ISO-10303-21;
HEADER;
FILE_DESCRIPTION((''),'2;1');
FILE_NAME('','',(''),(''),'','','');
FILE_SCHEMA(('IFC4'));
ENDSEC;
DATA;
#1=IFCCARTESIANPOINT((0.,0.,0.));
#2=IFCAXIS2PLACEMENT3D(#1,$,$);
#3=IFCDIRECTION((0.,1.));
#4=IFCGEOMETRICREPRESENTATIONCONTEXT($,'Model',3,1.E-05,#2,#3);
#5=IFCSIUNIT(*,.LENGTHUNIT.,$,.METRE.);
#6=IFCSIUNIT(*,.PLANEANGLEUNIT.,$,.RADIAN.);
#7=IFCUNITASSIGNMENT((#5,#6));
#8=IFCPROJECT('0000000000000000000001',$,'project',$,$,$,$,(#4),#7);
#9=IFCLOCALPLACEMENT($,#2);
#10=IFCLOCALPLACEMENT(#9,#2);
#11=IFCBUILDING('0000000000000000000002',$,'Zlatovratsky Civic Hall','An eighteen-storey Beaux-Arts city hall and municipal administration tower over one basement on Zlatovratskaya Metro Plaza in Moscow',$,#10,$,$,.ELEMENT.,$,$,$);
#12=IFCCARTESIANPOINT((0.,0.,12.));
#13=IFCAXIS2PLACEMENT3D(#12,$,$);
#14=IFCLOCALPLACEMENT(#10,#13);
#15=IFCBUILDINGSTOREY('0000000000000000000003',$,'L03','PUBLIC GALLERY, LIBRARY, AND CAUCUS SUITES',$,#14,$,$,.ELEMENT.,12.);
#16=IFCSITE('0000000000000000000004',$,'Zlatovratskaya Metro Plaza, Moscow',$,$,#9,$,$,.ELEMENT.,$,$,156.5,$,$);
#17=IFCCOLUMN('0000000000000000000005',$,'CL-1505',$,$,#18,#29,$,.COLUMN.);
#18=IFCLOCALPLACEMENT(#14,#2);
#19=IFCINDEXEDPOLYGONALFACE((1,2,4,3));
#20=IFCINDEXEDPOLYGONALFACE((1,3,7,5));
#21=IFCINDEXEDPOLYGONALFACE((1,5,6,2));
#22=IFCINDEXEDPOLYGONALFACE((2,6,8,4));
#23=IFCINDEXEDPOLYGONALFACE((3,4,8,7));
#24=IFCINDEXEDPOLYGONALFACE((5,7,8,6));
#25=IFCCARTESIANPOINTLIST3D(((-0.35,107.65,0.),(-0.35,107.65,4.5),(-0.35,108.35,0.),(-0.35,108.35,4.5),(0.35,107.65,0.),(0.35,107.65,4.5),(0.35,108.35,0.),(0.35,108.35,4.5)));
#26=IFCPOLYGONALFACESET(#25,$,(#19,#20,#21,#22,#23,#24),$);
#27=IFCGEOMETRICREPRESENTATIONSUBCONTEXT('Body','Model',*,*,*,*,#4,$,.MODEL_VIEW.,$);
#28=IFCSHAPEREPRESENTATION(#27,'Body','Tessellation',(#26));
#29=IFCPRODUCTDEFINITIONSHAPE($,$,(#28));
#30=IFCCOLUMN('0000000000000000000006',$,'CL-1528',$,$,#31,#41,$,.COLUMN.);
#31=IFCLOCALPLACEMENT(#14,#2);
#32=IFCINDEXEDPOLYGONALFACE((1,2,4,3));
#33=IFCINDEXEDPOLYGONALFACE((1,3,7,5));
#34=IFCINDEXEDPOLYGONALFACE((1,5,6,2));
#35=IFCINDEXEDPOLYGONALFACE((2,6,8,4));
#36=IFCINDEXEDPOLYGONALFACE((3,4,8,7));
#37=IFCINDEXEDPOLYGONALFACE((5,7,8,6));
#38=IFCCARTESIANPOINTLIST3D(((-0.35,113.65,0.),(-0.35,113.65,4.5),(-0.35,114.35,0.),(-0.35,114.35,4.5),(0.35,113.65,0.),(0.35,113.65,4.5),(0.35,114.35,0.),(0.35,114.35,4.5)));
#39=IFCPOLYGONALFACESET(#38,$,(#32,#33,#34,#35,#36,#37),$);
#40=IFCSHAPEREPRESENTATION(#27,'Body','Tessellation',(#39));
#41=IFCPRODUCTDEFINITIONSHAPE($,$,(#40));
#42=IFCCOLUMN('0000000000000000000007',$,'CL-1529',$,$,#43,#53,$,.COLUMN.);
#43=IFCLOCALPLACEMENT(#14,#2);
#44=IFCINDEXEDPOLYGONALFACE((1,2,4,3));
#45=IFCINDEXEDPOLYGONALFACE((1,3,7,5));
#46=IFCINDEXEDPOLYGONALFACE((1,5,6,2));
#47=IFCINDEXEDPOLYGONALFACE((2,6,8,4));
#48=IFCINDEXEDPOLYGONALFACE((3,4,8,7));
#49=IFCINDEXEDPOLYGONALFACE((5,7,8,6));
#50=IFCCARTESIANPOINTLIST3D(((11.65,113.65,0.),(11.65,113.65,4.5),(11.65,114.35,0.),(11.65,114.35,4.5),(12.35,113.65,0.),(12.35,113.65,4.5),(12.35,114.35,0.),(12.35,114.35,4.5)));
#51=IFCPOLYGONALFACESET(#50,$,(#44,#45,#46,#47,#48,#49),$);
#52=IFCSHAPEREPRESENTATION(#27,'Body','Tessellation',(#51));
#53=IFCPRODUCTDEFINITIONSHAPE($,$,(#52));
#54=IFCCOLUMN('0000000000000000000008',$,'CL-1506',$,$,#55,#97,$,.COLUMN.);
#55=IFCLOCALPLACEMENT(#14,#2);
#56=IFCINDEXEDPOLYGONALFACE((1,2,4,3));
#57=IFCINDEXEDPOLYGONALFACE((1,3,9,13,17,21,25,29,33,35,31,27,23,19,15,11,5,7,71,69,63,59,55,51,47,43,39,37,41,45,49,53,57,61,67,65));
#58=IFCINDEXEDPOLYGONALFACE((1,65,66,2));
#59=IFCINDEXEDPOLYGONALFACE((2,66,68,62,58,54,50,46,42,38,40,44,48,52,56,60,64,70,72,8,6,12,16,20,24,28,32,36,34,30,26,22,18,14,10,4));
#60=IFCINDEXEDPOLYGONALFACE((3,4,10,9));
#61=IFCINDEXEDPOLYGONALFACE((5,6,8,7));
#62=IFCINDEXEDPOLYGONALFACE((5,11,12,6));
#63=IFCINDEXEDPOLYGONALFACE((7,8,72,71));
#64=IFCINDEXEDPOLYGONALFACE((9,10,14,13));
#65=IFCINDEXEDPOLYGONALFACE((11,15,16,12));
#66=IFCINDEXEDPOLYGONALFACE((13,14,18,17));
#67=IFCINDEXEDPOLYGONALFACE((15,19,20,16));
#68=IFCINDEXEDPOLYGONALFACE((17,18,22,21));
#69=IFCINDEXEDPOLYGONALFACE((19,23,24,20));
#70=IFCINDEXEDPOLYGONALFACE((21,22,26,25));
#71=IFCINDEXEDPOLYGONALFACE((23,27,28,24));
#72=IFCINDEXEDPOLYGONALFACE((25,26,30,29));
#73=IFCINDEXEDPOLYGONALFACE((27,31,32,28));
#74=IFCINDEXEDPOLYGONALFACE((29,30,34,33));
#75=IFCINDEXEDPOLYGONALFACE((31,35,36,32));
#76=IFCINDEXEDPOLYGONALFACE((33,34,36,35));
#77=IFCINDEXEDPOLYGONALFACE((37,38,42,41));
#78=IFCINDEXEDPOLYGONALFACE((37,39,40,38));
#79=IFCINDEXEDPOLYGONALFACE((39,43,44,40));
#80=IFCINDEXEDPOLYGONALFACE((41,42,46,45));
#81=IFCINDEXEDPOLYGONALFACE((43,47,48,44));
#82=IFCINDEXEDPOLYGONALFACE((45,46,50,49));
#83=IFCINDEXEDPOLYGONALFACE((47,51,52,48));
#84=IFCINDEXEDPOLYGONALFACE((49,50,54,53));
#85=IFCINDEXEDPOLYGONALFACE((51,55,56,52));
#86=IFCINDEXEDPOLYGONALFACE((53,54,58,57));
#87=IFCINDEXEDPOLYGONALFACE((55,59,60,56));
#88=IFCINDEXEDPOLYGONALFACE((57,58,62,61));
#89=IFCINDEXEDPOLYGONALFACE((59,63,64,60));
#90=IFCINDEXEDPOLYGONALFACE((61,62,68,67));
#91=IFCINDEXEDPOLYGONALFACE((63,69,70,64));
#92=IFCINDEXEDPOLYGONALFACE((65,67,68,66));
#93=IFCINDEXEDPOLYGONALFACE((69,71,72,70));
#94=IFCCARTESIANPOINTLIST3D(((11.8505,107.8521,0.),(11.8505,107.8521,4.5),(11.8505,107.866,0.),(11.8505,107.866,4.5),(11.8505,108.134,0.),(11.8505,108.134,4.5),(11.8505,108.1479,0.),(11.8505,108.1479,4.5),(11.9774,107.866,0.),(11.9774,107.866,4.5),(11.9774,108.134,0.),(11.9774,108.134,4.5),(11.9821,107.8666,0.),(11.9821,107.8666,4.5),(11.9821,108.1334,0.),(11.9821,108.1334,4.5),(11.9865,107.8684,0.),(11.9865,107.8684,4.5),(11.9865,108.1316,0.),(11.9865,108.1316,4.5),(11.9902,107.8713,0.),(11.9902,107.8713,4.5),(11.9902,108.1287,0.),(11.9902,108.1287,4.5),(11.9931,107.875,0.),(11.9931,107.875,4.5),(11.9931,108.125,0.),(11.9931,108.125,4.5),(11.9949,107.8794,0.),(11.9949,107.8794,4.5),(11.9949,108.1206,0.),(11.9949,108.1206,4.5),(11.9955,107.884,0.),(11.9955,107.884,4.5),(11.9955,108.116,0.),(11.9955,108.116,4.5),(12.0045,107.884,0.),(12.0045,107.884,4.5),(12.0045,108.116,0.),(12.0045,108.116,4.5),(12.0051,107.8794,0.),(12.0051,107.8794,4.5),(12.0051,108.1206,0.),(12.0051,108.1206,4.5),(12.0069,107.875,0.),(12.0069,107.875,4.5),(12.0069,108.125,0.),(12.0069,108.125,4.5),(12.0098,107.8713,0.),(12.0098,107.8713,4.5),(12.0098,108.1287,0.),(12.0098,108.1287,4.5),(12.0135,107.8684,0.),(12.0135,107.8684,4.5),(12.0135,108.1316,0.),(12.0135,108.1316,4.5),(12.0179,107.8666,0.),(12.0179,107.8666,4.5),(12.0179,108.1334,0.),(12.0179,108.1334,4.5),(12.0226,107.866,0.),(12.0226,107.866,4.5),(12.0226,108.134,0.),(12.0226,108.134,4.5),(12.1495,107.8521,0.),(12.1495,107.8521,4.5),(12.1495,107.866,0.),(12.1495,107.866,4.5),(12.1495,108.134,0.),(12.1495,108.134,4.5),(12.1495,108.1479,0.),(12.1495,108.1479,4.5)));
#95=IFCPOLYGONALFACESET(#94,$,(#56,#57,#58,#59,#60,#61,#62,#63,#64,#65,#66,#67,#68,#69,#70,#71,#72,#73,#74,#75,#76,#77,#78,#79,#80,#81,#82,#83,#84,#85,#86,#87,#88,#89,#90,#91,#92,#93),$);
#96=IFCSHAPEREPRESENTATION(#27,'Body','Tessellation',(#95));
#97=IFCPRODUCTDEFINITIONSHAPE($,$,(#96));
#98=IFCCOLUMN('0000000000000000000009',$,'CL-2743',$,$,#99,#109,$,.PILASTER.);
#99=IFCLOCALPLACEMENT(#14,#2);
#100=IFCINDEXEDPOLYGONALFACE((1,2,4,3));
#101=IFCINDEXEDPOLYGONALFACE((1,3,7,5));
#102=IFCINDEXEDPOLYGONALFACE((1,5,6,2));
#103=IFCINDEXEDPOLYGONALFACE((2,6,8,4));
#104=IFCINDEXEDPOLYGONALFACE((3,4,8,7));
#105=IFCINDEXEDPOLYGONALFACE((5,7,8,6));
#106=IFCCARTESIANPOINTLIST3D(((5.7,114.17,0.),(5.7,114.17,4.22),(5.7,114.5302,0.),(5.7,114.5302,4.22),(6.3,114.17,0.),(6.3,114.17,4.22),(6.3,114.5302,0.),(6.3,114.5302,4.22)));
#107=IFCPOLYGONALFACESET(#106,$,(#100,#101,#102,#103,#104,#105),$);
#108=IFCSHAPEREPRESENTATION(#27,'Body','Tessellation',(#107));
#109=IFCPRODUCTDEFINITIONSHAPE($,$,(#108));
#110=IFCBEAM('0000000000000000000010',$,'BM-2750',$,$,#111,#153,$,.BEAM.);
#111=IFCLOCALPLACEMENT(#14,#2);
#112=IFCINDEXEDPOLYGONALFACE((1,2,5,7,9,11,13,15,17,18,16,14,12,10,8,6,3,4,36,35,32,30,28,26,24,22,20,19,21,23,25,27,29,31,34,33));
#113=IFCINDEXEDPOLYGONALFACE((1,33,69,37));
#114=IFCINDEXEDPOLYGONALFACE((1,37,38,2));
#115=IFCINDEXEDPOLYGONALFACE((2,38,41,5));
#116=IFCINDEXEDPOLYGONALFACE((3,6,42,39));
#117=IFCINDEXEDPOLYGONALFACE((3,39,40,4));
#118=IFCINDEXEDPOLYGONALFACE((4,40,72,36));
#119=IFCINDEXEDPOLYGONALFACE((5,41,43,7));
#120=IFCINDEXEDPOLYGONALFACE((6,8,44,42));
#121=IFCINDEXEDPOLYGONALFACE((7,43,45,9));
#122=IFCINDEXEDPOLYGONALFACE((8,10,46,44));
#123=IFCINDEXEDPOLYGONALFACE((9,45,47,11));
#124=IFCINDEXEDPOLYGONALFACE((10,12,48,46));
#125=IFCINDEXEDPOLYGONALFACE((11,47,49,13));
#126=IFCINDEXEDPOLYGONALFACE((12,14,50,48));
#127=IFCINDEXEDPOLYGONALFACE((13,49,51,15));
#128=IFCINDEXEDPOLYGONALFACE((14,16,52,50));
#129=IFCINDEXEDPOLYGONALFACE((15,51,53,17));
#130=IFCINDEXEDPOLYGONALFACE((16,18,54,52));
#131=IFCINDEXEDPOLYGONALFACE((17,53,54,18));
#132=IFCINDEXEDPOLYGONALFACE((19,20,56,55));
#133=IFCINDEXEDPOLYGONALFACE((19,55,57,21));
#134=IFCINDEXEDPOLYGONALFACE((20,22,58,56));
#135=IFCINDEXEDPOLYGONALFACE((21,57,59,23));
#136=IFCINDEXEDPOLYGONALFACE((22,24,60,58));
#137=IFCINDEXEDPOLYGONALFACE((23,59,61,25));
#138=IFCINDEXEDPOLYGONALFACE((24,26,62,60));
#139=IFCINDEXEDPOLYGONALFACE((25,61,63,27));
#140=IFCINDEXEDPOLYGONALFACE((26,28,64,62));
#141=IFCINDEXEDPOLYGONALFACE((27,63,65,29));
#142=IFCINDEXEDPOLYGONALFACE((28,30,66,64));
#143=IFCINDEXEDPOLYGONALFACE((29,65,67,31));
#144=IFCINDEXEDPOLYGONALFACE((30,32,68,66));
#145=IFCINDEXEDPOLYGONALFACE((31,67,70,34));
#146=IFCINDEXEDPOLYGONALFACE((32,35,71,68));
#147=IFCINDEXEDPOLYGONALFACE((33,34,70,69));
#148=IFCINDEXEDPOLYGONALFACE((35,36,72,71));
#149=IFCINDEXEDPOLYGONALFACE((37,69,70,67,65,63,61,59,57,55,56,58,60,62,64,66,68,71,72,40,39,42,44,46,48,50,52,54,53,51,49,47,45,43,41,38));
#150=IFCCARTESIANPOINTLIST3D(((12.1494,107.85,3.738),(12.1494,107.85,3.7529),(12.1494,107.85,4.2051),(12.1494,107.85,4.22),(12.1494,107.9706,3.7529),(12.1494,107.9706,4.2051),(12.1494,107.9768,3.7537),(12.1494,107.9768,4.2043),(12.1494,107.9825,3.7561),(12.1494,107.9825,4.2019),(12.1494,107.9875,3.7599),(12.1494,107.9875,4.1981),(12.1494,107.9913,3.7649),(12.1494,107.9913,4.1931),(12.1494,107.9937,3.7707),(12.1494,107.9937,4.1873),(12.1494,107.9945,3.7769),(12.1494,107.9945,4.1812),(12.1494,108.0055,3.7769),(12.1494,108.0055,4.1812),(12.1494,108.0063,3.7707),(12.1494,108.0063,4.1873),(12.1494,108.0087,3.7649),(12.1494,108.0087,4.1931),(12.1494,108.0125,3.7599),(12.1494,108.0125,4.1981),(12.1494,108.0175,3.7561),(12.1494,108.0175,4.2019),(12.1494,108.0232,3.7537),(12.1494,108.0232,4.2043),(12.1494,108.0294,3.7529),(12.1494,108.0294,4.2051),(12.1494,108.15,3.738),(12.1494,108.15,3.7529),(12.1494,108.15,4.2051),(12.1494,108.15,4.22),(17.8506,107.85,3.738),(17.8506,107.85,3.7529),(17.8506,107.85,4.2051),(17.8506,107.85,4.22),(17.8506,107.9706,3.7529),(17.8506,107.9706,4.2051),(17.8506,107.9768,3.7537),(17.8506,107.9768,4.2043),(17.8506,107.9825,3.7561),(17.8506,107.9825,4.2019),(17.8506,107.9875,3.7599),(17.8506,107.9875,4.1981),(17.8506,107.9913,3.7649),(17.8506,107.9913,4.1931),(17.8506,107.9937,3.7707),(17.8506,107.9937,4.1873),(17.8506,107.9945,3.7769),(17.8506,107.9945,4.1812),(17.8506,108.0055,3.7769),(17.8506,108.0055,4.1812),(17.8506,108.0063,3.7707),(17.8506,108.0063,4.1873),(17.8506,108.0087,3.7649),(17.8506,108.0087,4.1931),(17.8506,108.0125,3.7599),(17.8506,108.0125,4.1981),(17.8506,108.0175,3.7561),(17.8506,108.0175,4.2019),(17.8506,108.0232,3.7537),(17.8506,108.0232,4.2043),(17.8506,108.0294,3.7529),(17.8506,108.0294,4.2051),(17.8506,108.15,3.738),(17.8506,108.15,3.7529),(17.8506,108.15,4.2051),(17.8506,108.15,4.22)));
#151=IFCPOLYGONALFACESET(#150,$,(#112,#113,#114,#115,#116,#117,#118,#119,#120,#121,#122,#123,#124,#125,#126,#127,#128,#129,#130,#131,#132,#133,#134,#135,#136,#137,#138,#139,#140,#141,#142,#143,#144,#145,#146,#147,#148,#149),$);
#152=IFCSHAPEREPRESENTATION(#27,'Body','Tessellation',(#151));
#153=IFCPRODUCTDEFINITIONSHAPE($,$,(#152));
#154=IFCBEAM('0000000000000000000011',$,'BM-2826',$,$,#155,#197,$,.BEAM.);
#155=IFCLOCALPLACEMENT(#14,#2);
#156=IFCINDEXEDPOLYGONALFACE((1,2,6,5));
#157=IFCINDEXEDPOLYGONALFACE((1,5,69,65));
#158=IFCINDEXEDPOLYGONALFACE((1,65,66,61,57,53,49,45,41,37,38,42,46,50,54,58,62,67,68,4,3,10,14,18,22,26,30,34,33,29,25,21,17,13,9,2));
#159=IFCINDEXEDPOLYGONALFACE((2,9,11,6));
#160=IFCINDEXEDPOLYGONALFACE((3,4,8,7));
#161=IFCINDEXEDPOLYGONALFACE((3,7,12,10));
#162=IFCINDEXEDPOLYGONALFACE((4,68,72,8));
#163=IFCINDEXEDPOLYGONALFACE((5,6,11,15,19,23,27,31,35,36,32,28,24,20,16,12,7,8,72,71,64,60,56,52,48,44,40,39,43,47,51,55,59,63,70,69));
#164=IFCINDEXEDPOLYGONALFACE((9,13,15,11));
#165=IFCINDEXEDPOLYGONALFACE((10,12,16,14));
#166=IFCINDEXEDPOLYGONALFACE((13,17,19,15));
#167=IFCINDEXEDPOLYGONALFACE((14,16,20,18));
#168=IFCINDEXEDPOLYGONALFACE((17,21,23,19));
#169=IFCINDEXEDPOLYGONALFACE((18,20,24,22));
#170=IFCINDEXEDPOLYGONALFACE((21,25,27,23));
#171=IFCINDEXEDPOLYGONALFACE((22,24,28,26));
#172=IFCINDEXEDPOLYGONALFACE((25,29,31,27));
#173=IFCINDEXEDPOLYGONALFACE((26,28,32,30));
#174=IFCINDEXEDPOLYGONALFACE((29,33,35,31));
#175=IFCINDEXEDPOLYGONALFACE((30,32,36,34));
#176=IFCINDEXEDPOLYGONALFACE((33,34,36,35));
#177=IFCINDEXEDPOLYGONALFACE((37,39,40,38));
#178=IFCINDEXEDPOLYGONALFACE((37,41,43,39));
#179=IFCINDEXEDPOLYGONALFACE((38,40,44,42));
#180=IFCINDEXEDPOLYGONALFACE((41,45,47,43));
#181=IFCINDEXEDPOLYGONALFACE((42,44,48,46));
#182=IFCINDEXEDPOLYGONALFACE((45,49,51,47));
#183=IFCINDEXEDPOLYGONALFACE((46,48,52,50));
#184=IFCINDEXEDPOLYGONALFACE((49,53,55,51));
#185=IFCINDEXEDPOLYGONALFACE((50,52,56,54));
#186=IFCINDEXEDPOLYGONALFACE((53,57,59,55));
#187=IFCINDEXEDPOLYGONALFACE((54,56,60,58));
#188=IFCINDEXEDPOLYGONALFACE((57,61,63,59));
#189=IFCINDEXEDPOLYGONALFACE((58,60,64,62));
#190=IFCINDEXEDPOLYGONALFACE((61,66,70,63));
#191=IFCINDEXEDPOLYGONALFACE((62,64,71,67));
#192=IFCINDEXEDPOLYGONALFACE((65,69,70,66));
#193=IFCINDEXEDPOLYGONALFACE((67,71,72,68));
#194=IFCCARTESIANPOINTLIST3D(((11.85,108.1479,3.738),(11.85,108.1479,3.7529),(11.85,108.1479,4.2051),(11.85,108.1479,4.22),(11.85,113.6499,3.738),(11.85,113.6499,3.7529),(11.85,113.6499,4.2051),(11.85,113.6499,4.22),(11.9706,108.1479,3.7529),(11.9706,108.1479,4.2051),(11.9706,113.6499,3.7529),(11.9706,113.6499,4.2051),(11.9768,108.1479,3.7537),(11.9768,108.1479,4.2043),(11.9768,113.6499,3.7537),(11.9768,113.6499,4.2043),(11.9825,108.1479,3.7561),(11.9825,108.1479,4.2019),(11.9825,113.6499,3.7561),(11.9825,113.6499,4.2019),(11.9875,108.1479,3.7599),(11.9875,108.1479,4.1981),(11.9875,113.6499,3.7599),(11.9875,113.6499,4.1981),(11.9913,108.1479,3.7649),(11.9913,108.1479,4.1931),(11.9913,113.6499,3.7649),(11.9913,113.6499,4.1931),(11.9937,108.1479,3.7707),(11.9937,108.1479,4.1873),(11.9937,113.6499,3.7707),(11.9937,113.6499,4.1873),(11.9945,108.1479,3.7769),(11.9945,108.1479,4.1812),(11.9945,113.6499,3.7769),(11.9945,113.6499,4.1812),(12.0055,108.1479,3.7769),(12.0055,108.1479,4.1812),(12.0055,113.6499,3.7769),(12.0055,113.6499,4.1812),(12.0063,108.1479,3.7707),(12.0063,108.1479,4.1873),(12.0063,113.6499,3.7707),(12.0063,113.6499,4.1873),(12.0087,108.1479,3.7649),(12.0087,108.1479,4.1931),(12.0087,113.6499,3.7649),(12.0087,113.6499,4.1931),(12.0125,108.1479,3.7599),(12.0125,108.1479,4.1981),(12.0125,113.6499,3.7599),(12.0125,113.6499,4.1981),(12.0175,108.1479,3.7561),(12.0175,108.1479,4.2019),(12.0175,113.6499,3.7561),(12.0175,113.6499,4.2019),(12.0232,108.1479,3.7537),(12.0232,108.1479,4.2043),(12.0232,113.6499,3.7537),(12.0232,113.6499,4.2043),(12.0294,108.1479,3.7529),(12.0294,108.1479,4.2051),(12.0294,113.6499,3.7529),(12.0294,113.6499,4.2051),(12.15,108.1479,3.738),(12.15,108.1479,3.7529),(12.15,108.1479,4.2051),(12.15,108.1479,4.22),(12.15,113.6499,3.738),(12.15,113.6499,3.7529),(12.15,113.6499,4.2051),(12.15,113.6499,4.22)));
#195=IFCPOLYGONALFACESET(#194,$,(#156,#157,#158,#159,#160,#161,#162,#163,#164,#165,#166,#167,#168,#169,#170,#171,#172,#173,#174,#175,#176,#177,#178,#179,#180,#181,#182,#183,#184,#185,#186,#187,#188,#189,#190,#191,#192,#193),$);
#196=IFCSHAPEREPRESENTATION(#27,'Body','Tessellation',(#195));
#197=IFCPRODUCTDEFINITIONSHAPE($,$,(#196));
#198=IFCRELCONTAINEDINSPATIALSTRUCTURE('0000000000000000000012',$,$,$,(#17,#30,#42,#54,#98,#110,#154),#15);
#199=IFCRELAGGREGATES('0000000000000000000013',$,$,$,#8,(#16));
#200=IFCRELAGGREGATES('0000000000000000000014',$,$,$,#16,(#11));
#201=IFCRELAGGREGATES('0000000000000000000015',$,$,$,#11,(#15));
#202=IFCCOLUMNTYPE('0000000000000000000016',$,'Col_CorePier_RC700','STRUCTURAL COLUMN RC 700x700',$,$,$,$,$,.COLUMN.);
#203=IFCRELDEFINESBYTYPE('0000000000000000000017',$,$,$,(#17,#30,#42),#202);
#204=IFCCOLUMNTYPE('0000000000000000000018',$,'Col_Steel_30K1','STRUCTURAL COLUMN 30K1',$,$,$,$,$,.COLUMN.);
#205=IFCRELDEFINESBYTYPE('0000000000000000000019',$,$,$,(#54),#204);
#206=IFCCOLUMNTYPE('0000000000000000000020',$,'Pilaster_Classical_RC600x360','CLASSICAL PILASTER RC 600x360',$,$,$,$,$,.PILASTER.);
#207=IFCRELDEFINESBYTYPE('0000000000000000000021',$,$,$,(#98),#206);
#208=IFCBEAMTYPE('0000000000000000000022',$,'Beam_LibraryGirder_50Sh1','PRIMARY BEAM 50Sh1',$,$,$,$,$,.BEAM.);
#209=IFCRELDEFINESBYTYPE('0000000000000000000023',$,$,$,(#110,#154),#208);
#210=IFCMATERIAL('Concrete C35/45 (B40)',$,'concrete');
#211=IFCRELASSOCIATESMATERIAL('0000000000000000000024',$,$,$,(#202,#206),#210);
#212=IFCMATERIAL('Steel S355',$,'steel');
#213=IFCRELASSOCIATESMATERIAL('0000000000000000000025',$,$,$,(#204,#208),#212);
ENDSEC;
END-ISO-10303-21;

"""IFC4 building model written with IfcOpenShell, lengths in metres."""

from ifc_helpers import new_model, si_unit, direction, frame, origin, origin_2d, place, context, subcontext, project, spatial, rectangle, i_section, extrude, material, material_profile, profile_set, type_object, element, save


model = new_model("IFC4")

# Units and contexts
model_context = context("Model", 3, precision=1e-05, world=origin(), true_north=direction((0.0, 1.0)))
body_context = subcontext(model_context, "Body", "Model", "MODEL_VIEW")
ifc_project = project(units=[si_unit("LENGTHUNIT", "METRE"), si_unit("PLANEANGLEUNIT", "RADIAN")], contexts=[model_context])

# Site, building, storey
site_placement = place(None, origin())
site = spatial("IfcSite", under=ifc_project, at=site_placement, Name="Zlatovratskaya Metro Plaza, Moscow", CompositionType="ELEMENT", RefElevation=156.5)
building_placement = place(site_placement, origin())
building = spatial("IfcBuilding", under=site, at=building_placement, Name="Zlatovratsky Civic Hall", Description="An eighteen-storey Beaux-Arts city hall and municipal administration tower over one basement on Zlatovratskaya Metro Plaza in Moscow", CompositionType="ELEMENT")
storey_placement = place(building_placement, frame((0.0, 0.0, 12.0)))
storey = spatial("IfcBuildingStorey", under=building, at=storey_placement, Name="L03", Description="PUBLIC GALLERY, LIBRARY, AND CAUCUS SUITES", CompositionType="ELEMENT", Elevation=12.0)

# Columns
ifc_material_1 = material(Name="Concrete C35/45 (B40)", Category="concrete")
ifc_material_profile_1 = material_profile(ifc_material_1, rectangle(XDim=0.7, YDim=0.7, at=origin_2d()), Name="RC 700x700")
ifc_profile_set_1 = profile_set([ifc_material_profile_1], Name="Concrete C35/45 (B40)")
column_type_1 = type_object("IfcColumnType", Name="Col_CorePier_RC700", Description="STRUCTURAL COLUMN RC 700x700", PredefinedType="COLUMN", material=ifc_profile_set_1)
for number, where, z_axis, x_axis, name in (
    (1, (0.0, 108.0, 0.0), (0.0, 0.0, 1.0), (1.0, 0.0, 0.0), "CL-1505"),
    (2, (0.0, 114.0, 0.0), (0.0, 0.0, 1.0), (1.0, 0.0, 0.0), "CL-1528"),
    (3, (12.0, 114.0, 0.0), (0.0, 0.0, 1.0), (1.0, 0.0, 0.0), "CL-1529"),
):
    element("IfcColumn", number, at=place(storey_placement, frame(where, z_axis=z_axis, x_axis=x_axis)), inside=storey, type_object=column_type_1, Name=name, PredefinedType="COLUMN", context=body_context, shape_type="SweptSolid", body=[
        extrude(rectangle(XDim=0.7, YDim=0.7, at=origin_2d()), origin(), (0.0, 0.0, 1.0), 4.5),
    ])
ifc_material_2 = material(Name="Steel S355", Category="steel")
ifc_material_profile_2 = material_profile(ifc_material_2, i_section(OverallWidth=0.2991, OverallDepth=0.2959, WebThickness=0.009, FlangeThickness=0.0139, FilletRadius=0.0181, at=origin_2d()), Name="30K1")
ifc_profile_set_2 = profile_set([ifc_material_profile_2], Name="Steel S355")
column_type_2 = type_object("IfcColumnType", Name="Col_Steel_30K1", Description="STRUCTURAL COLUMN 30K1", PredefinedType="COLUMN", material=ifc_profile_set_2)
column_1_placement = place(storey_placement, frame((12.0, 108.0, 0.0), z_axis=(0.0, 0.0, 1.0), x_axis=(1.0, 0.0, 0.0)))
element("IfcColumn", 4, at=column_1_placement, inside=storey, type_object=column_type_2, Name="CL-1506", PredefinedType="COLUMN", context=body_context, shape_type="SweptSolid", body=[
    extrude(i_section(OverallWidth=0.2991, OverallDepth=0.2959, WebThickness=0.009, FlangeThickness=0.0139, FilletRadius=0.0181, at=origin_2d()), origin(), (0.0, 0.0, 1.0), 4.5),
])
ifc_material_profile_3 = material_profile(ifc_material_1, rectangle(XDim=0.6001, YDim=0.3601, at=origin_2d()), Name="RC 600x360")
ifc_profile_set_3 = profile_set([ifc_material_profile_3], Name="Concrete C35/45 (B40)")
column_type_3 = type_object("IfcColumnType", Name="Pilaster_Classical_RC600x360", Description="CLASSICAL PILASTER RC 600x360", PredefinedType="PILASTER", material=ifc_profile_set_3)
column_2_placement = place(storey_placement, frame((6.0, 114.3501, 0.0), z_axis=(0.0, 0.0, 1.0), x_axis=(1.0, 0.0, 0.0)))
element("IfcColumn", 5, at=column_2_placement, inside=storey, type_object=column_type_3, Name="CL-2743", PredefinedType="PILASTER", context=body_context, shape_type="SweptSolid", body=[
    extrude(rectangle(XDim=0.6001, YDim=0.3601, at=origin_2d()), origin(), (0.0, 0.0, 1.0), 4.22),
])

# Beams
ifc_material_profile_4 = material_profile(ifc_material_2, i_section(OverallWidth=0.3, OverallDepth=0.4819, WebThickness=0.011, FlangeThickness=0.0149, FilletRadius=0.0239, at=origin_2d()), Name="50Sh1")
ifc_profile_set_4 = profile_set([ifc_material_profile_4], Name="Steel S355")
beam_type_1 = type_object("IfcBeamType", Name="Beam_LibraryGirder_50Sh1", Description="PRIMARY BEAM 50Sh1", PredefinedType="BEAM", material=ifc_profile_set_4)
beam_1_placement = place(storey_placement, frame((12.1494, 108.0, 3.979), z_axis=(1.0, 0.0, 0.0), x_axis=(0.0, 1.0, 0.0)))
element("IfcBeam", 6, at=beam_1_placement, inside=storey, type_object=beam_type_1, Name="BM-2750", PredefinedType="BEAM", context=body_context, shape_type="SweptSolid", body=[
    extrude(i_section(OverallWidth=0.3, OverallDepth=0.4819, WebThickness=0.011, FlangeThickness=0.0149, FilletRadius=0.0239, at=origin_2d()), origin(), (0.0, 0.0, 1.0), 5.7012),
])
beam_2_placement = place(storey_placement, frame((12.0, 108.1479, 3.979), z_axis=(0.0, 1.0, 0.0), x_axis=(-1.0, 0.0, 0.0)))
element("IfcBeam", 7, at=beam_2_placement, inside=storey, type_object=beam_type_1, Name="BM-2826", PredefinedType="BEAM", context=body_context, shape_type="SweptSolid", body=[
    extrude(i_section(OverallWidth=0.3, OverallDepth=0.4819, WebThickness=0.011, FlangeThickness=0.0149, FilletRadius=0.0239, at=origin_2d()), origin(), (0.0, 0.0, 1.0), 5.502),
])

save(model, "model.ifc")
